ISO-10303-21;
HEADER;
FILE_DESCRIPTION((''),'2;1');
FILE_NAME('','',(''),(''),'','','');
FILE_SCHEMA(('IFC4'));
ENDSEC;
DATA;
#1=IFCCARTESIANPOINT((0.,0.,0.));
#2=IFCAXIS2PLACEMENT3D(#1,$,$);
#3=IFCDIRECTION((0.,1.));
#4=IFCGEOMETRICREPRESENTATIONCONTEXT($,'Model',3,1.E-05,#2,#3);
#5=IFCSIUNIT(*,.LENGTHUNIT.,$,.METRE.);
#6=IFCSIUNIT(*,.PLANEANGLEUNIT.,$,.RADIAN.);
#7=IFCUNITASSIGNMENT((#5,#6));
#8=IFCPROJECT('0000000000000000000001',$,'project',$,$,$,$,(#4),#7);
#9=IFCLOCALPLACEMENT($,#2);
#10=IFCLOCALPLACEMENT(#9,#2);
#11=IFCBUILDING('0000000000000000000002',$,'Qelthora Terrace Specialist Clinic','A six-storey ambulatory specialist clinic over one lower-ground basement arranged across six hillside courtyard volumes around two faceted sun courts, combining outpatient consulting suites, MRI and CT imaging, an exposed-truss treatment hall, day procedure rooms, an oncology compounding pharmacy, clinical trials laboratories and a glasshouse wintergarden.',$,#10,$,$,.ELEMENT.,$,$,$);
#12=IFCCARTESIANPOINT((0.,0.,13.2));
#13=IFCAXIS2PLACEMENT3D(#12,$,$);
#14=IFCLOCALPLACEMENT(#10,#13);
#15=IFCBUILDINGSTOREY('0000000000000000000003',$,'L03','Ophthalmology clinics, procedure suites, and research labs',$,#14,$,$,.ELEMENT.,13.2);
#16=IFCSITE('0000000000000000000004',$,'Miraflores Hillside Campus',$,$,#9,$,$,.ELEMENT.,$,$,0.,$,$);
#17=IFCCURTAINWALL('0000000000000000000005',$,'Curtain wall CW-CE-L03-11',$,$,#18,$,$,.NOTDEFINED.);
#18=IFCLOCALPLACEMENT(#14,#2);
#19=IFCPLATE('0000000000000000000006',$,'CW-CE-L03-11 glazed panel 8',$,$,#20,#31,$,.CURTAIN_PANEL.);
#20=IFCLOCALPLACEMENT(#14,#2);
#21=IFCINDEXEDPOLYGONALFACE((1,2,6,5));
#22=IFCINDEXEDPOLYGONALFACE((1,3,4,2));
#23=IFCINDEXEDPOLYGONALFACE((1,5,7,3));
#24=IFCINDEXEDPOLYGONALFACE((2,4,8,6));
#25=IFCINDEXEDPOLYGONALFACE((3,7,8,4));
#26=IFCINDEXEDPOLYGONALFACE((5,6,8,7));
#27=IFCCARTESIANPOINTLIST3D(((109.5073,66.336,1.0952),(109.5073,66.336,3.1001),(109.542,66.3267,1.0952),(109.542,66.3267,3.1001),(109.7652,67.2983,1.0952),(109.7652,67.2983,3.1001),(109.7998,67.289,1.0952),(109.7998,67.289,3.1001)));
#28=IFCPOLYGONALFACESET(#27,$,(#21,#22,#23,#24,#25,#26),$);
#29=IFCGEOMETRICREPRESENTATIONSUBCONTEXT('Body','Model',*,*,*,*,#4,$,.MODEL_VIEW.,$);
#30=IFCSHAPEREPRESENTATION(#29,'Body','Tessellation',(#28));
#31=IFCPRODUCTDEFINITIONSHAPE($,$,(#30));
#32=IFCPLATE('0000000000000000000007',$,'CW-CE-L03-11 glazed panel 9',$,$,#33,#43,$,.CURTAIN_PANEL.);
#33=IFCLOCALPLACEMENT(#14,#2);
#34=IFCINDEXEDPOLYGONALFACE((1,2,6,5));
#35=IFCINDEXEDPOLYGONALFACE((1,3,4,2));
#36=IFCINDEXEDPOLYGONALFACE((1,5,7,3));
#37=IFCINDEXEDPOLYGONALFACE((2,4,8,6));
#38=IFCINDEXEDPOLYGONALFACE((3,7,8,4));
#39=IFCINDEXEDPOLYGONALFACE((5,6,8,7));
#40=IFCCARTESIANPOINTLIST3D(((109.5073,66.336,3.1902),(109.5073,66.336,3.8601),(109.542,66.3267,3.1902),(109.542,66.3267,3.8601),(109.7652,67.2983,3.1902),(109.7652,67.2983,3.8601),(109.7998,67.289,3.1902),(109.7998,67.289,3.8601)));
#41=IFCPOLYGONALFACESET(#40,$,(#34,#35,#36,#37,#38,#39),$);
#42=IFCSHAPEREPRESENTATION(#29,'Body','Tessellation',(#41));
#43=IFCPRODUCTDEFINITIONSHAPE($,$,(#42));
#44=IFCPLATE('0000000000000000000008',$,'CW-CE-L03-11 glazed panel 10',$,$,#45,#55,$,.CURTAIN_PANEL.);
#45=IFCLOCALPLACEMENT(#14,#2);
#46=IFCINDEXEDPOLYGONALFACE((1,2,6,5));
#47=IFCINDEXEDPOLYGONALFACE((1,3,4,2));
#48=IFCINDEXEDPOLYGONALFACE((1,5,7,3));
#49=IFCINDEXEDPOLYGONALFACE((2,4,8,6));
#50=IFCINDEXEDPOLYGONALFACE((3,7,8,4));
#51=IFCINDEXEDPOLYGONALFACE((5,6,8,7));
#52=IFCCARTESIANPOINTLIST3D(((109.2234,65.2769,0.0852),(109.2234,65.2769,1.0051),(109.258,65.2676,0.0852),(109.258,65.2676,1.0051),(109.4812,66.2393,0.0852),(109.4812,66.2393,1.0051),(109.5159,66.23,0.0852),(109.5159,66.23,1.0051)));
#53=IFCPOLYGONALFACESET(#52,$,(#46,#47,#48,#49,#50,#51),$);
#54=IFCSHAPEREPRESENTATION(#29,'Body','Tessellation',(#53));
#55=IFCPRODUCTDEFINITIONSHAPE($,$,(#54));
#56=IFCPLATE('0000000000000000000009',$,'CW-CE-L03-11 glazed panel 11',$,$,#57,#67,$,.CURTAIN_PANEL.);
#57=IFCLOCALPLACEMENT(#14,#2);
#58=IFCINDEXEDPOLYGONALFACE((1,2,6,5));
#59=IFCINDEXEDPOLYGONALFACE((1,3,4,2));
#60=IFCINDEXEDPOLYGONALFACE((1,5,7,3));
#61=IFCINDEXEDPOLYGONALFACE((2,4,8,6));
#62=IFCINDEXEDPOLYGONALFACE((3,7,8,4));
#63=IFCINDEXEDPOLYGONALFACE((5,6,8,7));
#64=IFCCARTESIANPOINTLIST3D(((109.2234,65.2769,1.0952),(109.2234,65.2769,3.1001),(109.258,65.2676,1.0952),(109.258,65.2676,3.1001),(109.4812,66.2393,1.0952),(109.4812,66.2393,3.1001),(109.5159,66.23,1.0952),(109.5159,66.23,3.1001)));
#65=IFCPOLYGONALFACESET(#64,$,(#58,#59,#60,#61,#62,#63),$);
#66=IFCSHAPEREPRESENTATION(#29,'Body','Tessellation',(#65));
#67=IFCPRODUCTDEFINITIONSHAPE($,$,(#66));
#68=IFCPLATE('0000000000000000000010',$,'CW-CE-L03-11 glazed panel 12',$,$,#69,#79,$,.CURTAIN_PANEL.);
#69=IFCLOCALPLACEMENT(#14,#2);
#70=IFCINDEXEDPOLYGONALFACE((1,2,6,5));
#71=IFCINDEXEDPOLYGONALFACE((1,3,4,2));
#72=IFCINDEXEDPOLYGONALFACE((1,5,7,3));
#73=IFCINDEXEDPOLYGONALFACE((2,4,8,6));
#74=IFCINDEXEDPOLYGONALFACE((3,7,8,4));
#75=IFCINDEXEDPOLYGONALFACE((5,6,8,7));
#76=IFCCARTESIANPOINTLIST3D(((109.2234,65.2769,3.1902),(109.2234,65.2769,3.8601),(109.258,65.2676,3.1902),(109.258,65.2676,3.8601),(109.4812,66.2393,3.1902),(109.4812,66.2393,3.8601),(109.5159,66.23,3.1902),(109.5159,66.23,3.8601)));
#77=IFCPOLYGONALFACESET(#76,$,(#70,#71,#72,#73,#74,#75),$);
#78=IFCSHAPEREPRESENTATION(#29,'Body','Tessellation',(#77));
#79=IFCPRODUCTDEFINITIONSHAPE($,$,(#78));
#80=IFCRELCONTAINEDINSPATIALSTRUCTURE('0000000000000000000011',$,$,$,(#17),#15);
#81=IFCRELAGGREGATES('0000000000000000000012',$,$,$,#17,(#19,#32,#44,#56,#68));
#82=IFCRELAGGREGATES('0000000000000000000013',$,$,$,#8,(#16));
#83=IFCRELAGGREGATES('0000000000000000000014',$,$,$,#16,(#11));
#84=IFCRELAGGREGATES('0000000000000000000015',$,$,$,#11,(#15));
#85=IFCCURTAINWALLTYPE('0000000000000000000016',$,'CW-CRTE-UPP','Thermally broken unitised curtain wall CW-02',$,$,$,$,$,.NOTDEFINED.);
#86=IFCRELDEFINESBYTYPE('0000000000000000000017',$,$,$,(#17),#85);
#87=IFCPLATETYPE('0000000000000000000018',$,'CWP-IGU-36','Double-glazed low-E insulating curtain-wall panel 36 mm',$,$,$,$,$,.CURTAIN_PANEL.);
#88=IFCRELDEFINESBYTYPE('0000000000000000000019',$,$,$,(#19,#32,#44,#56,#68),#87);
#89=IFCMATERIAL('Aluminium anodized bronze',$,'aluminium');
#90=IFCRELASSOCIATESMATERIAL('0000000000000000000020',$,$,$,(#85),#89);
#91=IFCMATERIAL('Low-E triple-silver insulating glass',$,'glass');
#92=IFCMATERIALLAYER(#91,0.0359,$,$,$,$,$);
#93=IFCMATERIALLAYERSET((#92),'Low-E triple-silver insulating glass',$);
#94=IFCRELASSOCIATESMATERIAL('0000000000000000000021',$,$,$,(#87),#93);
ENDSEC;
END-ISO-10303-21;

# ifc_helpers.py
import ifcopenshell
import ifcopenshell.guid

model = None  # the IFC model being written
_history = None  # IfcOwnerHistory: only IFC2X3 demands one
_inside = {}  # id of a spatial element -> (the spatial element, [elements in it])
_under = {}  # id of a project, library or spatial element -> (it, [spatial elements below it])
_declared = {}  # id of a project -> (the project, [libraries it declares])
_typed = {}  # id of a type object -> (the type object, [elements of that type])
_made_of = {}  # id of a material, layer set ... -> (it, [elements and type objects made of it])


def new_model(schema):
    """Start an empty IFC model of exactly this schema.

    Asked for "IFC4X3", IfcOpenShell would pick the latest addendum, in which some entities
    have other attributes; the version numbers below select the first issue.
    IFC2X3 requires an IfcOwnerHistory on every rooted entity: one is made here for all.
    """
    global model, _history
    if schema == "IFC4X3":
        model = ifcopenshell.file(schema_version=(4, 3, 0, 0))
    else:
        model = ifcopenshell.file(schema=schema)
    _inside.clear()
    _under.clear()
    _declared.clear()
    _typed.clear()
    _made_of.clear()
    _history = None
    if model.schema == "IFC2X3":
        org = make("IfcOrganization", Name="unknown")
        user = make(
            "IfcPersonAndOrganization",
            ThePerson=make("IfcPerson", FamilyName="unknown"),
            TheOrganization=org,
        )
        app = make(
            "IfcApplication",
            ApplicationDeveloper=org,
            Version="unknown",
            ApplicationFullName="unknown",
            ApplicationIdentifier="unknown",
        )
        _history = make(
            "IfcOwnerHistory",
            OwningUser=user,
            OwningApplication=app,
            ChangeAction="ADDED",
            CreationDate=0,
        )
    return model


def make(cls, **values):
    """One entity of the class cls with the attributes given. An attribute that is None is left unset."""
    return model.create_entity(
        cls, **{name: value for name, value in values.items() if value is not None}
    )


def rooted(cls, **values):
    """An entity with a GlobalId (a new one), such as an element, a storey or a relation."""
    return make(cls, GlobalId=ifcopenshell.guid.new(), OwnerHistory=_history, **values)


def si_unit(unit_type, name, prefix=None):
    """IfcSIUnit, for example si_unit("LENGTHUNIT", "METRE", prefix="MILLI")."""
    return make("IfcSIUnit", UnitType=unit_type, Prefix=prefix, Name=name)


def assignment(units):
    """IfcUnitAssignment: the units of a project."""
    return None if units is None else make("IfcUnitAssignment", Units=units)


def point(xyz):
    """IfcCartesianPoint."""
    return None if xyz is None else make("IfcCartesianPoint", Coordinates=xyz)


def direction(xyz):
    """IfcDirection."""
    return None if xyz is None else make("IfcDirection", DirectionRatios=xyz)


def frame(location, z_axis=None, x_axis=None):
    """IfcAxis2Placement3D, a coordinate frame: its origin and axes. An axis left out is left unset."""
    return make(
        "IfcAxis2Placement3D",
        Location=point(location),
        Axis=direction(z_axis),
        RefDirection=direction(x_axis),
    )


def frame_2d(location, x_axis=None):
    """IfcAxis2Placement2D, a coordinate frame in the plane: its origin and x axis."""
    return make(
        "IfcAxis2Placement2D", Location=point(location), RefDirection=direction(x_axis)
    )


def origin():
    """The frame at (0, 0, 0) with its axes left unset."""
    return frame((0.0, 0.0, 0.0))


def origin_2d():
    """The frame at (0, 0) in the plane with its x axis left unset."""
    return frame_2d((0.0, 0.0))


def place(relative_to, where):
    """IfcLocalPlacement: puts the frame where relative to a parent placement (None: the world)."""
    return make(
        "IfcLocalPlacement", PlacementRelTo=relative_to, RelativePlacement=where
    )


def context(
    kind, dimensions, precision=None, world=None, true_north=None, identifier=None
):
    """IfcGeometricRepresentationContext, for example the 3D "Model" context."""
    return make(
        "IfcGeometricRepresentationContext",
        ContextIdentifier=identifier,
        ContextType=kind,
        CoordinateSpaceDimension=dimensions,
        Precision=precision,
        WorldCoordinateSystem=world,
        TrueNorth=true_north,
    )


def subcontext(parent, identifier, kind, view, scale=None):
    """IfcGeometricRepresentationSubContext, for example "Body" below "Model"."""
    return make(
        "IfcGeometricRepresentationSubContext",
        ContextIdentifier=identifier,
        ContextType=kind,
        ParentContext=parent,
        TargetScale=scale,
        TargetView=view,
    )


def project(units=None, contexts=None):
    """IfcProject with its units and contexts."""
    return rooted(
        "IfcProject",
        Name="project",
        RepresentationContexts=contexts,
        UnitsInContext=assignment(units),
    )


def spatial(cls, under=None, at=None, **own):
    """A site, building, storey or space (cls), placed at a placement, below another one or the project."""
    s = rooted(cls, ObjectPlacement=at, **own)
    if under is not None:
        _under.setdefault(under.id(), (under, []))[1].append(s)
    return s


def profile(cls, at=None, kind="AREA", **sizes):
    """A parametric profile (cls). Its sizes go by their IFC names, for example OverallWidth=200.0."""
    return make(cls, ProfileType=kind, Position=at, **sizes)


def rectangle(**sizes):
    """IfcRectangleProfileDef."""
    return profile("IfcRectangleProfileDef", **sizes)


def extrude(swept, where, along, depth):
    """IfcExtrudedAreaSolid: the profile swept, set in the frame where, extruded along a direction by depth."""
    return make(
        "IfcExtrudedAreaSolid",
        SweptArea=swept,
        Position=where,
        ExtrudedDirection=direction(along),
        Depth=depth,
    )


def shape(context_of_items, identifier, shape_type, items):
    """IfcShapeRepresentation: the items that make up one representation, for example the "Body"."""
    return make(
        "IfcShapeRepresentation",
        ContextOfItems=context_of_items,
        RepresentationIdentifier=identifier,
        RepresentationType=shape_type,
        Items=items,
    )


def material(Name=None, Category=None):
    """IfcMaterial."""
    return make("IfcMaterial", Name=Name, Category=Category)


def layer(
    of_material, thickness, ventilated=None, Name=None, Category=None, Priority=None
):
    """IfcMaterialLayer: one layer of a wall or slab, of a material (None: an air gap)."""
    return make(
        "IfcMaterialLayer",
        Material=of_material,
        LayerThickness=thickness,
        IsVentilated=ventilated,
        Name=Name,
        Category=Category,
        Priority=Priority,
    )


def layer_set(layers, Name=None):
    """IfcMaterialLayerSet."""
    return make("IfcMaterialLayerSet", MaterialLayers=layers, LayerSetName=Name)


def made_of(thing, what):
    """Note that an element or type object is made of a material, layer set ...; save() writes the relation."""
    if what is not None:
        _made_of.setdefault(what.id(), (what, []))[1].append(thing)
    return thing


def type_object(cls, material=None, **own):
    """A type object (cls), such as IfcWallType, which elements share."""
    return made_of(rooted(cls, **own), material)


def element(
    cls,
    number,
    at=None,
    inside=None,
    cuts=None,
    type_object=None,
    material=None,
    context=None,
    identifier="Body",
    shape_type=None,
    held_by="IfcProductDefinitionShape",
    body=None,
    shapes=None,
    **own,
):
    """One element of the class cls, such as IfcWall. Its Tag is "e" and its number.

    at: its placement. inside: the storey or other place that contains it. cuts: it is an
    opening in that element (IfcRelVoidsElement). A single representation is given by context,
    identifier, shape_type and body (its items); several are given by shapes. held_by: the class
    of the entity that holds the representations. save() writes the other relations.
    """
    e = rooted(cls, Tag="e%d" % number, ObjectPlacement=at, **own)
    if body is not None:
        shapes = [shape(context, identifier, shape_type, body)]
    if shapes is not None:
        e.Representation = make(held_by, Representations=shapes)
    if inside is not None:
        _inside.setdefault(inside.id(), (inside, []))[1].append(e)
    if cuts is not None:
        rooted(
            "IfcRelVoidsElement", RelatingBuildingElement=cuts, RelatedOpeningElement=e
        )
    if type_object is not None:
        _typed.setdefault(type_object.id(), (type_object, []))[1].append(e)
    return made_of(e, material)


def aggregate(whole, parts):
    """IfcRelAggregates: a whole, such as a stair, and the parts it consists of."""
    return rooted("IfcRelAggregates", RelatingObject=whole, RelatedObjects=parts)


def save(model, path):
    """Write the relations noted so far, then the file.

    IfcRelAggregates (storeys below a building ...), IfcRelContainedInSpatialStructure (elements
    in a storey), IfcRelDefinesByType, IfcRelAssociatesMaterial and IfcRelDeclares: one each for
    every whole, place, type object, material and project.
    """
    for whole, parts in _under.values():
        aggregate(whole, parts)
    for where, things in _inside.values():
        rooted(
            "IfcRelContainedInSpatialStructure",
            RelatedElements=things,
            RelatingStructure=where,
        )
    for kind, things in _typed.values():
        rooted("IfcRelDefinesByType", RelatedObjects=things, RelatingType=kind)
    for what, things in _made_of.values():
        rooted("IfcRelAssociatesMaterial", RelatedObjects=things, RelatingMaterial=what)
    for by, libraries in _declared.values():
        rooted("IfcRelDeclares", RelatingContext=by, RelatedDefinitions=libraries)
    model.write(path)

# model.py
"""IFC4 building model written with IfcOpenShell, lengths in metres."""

from ifc_helpers import new_model, si_unit, direction, frame, origin, origin_2d, place, context, subcontext, project, spatial, rectangle, extrude, material, layer, layer_set, type_object, element, aggregate, save


model = new_model("IFC4")

# Units and contexts
model_context = context("Model", 3, precision=1e-05, world=origin(), true_north=direction((0.0, 1.0)))
body_context = subcontext(model_context, "Body", "Model", "MODEL_VIEW")
ifc_project = project(units=[si_unit("LENGTHUNIT", "METRE"), si_unit("PLANEANGLEUNIT", "RADIAN")], contexts=[model_context])

# Site, building, storey
site_placement = place(None, origin())
site = spatial("IfcSite", under=ifc_project, at=site_placement, Name="Miraflores Hillside Campus", CompositionType="ELEMENT", RefElevation=0.0)
building_placement = place(site_placement, origin())
building = spatial("IfcBuilding", under=site, at=building_placement, Name="Qelthora Terrace Specialist Clinic", Description="A six-storey ambulatory specialist clinic over one lower-ground basement arranged across six hillside courtyard volumes around two faceted sun courts, combining outpatient consulting suites, MRI and CT imaging, an exposed-truss treatment hall, day procedure rooms, an oncology compounding pharmacy, clinical trials laboratories and a glasshouse wintergarden.", CompositionType="ELEMENT")
storey_placement = place(building_placement, frame((0.0, 0.0, 13.2)))
storey = spatial("IfcBuildingStorey", under=building, at=storey_placement, Name="L03", Description="Ophthalmology clinics, procedure suites, and research labs", CompositionType="ELEMENT", Elevation=13.2)

# Curtain wall
ifc_material_1 = material(Name="Aluminium anodized bronze", Category="aluminium")
curtain_wall_type = type_object("IfcCurtainWallType", Name="CW-CRTE-UPP", Description="Thermally broken unitised curtain wall CW-02", PredefinedType="NOTDEFINED", material=ifc_material_1)
curtain_wall_placement = place(storey_placement, origin())
curtain_wall = element("IfcCurtainWall", 1, at=curtain_wall_placement, inside=storey, type_object=curtain_wall_type, Name="Curtain wall CW-CE-L03-11", PredefinedType="NOTDEFINED")

# Plates
ifc_material_2 = material(Name="Low-E triple-silver insulating glass", Category="glass")
ifc_layer = layer(ifc_material_2, 0.0359)
ifc_layer_set = layer_set([ifc_layer], Name="Low-E triple-silver insulating glass")
plate_type = type_object("IfcPlateType", Name="CWP-IGU-36", Description="Double-glazed low-E insulating curtain-wall panel 36 mm", PredefinedType="CURTAIN_PANEL", material=ifc_layer_set)
plate_1_placement = place(storey_placement, frame((109.6536, 66.8125, 1.0952), z_axis=(0.0, 0.0, 1.0), x_axis=(-0.258819, -0.965926, 0.0)))
plate_1 = element("IfcPlate", 2, at=plate_1_placement, type_object=plate_type, Name="CW-CE-L03-11 glazed panel 8", PredefinedType="CURTAIN_PANEL", context=body_context, shape_type="SweptSolid", body=[
    extrude(rectangle(XDim=0.9963, YDim=0.0359, at=origin_2d()), origin(), (0.0, 0.0, 1.0), 2.0049),
])
plate_2_placement = place(storey_placement, frame((109.6536, 66.8125, 3.1902), z_axis=(0.0, 0.0, 1.0), x_axis=(-0.258819, -0.965926, 0.0)))
plate_2 = element("IfcPlate", 3, at=plate_2_placement, type_object=plate_type, Name="CW-CE-L03-11 glazed panel 9", PredefinedType="CURTAIN_PANEL", context=body_context, shape_type="SweptSolid", body=[
    extrude(rectangle(XDim=0.9963, YDim=0.0359, at=origin_2d()), origin(), (0.0, 0.0, 1.0), 0.6699),
])
plate_3_placement = place(storey_placement, frame((109.3696, 65.7534, 0.0852), z_axis=(0.0, 0.0, 1.0), x_axis=(-0.258819, -0.965926, 0.0)))
plate_3 = element("IfcPlate", 4, at=plate_3_placement, type_object=plate_type, Name="CW-CE-L03-11 glazed panel 10", PredefinedType="CURTAIN_PANEL", context=body_context, shape_type="SweptSolid", body=[
    extrude(rectangle(XDim=0.9963, YDim=0.0359, at=origin_2d()), origin(), (0.0, 0.0, 1.0), 0.9199),
])
plate_4_placement = place(storey_placement, frame((109.3696, 65.7534, 1.0952), z_axis=(0.0, 0.0, 1.0), x_axis=(-0.258819, -0.965926, 0.0)))
plate_4 = element("IfcPlate", 5, at=plate_4_placement, type_object=plate_type, Name="CW-CE-L03-11 glazed panel 11", PredefinedType="CURTAIN_PANEL", context=body_context, shape_type="SweptSolid", body=[
    extrude(rectangle(XDim=0.9963, YDim=0.0359, at=origin_2d()), origin(), (0.0, 0.0, 1.0), 2.0049),
])
plate_5_placement = place(storey_placement, frame((109.3696, 65.7534, 3.1902), z_axis=(0.0, 0.0, 1.0), x_axis=(-0.258819, -0.965926, 0.0)))
plate_5 = element("IfcPlate", 6, at=plate_5_placement, type_object=plate_type, Name="CW-CE-L03-11 glazed panel 12", PredefinedType="CURTAIN_PANEL", context=body_context, shape_type="SweptSolid", body=[
    extrude(rectangle(XDim=0.9963, YDim=0.0359, at=origin_2d()), origin(), (0.0, 0.0, 1.0), 0.6699),
])
aggregate(curtain_wall, [plate_1, plate_2, plate_3, plate_4, plate_5])

save(model, "model.ifc")
